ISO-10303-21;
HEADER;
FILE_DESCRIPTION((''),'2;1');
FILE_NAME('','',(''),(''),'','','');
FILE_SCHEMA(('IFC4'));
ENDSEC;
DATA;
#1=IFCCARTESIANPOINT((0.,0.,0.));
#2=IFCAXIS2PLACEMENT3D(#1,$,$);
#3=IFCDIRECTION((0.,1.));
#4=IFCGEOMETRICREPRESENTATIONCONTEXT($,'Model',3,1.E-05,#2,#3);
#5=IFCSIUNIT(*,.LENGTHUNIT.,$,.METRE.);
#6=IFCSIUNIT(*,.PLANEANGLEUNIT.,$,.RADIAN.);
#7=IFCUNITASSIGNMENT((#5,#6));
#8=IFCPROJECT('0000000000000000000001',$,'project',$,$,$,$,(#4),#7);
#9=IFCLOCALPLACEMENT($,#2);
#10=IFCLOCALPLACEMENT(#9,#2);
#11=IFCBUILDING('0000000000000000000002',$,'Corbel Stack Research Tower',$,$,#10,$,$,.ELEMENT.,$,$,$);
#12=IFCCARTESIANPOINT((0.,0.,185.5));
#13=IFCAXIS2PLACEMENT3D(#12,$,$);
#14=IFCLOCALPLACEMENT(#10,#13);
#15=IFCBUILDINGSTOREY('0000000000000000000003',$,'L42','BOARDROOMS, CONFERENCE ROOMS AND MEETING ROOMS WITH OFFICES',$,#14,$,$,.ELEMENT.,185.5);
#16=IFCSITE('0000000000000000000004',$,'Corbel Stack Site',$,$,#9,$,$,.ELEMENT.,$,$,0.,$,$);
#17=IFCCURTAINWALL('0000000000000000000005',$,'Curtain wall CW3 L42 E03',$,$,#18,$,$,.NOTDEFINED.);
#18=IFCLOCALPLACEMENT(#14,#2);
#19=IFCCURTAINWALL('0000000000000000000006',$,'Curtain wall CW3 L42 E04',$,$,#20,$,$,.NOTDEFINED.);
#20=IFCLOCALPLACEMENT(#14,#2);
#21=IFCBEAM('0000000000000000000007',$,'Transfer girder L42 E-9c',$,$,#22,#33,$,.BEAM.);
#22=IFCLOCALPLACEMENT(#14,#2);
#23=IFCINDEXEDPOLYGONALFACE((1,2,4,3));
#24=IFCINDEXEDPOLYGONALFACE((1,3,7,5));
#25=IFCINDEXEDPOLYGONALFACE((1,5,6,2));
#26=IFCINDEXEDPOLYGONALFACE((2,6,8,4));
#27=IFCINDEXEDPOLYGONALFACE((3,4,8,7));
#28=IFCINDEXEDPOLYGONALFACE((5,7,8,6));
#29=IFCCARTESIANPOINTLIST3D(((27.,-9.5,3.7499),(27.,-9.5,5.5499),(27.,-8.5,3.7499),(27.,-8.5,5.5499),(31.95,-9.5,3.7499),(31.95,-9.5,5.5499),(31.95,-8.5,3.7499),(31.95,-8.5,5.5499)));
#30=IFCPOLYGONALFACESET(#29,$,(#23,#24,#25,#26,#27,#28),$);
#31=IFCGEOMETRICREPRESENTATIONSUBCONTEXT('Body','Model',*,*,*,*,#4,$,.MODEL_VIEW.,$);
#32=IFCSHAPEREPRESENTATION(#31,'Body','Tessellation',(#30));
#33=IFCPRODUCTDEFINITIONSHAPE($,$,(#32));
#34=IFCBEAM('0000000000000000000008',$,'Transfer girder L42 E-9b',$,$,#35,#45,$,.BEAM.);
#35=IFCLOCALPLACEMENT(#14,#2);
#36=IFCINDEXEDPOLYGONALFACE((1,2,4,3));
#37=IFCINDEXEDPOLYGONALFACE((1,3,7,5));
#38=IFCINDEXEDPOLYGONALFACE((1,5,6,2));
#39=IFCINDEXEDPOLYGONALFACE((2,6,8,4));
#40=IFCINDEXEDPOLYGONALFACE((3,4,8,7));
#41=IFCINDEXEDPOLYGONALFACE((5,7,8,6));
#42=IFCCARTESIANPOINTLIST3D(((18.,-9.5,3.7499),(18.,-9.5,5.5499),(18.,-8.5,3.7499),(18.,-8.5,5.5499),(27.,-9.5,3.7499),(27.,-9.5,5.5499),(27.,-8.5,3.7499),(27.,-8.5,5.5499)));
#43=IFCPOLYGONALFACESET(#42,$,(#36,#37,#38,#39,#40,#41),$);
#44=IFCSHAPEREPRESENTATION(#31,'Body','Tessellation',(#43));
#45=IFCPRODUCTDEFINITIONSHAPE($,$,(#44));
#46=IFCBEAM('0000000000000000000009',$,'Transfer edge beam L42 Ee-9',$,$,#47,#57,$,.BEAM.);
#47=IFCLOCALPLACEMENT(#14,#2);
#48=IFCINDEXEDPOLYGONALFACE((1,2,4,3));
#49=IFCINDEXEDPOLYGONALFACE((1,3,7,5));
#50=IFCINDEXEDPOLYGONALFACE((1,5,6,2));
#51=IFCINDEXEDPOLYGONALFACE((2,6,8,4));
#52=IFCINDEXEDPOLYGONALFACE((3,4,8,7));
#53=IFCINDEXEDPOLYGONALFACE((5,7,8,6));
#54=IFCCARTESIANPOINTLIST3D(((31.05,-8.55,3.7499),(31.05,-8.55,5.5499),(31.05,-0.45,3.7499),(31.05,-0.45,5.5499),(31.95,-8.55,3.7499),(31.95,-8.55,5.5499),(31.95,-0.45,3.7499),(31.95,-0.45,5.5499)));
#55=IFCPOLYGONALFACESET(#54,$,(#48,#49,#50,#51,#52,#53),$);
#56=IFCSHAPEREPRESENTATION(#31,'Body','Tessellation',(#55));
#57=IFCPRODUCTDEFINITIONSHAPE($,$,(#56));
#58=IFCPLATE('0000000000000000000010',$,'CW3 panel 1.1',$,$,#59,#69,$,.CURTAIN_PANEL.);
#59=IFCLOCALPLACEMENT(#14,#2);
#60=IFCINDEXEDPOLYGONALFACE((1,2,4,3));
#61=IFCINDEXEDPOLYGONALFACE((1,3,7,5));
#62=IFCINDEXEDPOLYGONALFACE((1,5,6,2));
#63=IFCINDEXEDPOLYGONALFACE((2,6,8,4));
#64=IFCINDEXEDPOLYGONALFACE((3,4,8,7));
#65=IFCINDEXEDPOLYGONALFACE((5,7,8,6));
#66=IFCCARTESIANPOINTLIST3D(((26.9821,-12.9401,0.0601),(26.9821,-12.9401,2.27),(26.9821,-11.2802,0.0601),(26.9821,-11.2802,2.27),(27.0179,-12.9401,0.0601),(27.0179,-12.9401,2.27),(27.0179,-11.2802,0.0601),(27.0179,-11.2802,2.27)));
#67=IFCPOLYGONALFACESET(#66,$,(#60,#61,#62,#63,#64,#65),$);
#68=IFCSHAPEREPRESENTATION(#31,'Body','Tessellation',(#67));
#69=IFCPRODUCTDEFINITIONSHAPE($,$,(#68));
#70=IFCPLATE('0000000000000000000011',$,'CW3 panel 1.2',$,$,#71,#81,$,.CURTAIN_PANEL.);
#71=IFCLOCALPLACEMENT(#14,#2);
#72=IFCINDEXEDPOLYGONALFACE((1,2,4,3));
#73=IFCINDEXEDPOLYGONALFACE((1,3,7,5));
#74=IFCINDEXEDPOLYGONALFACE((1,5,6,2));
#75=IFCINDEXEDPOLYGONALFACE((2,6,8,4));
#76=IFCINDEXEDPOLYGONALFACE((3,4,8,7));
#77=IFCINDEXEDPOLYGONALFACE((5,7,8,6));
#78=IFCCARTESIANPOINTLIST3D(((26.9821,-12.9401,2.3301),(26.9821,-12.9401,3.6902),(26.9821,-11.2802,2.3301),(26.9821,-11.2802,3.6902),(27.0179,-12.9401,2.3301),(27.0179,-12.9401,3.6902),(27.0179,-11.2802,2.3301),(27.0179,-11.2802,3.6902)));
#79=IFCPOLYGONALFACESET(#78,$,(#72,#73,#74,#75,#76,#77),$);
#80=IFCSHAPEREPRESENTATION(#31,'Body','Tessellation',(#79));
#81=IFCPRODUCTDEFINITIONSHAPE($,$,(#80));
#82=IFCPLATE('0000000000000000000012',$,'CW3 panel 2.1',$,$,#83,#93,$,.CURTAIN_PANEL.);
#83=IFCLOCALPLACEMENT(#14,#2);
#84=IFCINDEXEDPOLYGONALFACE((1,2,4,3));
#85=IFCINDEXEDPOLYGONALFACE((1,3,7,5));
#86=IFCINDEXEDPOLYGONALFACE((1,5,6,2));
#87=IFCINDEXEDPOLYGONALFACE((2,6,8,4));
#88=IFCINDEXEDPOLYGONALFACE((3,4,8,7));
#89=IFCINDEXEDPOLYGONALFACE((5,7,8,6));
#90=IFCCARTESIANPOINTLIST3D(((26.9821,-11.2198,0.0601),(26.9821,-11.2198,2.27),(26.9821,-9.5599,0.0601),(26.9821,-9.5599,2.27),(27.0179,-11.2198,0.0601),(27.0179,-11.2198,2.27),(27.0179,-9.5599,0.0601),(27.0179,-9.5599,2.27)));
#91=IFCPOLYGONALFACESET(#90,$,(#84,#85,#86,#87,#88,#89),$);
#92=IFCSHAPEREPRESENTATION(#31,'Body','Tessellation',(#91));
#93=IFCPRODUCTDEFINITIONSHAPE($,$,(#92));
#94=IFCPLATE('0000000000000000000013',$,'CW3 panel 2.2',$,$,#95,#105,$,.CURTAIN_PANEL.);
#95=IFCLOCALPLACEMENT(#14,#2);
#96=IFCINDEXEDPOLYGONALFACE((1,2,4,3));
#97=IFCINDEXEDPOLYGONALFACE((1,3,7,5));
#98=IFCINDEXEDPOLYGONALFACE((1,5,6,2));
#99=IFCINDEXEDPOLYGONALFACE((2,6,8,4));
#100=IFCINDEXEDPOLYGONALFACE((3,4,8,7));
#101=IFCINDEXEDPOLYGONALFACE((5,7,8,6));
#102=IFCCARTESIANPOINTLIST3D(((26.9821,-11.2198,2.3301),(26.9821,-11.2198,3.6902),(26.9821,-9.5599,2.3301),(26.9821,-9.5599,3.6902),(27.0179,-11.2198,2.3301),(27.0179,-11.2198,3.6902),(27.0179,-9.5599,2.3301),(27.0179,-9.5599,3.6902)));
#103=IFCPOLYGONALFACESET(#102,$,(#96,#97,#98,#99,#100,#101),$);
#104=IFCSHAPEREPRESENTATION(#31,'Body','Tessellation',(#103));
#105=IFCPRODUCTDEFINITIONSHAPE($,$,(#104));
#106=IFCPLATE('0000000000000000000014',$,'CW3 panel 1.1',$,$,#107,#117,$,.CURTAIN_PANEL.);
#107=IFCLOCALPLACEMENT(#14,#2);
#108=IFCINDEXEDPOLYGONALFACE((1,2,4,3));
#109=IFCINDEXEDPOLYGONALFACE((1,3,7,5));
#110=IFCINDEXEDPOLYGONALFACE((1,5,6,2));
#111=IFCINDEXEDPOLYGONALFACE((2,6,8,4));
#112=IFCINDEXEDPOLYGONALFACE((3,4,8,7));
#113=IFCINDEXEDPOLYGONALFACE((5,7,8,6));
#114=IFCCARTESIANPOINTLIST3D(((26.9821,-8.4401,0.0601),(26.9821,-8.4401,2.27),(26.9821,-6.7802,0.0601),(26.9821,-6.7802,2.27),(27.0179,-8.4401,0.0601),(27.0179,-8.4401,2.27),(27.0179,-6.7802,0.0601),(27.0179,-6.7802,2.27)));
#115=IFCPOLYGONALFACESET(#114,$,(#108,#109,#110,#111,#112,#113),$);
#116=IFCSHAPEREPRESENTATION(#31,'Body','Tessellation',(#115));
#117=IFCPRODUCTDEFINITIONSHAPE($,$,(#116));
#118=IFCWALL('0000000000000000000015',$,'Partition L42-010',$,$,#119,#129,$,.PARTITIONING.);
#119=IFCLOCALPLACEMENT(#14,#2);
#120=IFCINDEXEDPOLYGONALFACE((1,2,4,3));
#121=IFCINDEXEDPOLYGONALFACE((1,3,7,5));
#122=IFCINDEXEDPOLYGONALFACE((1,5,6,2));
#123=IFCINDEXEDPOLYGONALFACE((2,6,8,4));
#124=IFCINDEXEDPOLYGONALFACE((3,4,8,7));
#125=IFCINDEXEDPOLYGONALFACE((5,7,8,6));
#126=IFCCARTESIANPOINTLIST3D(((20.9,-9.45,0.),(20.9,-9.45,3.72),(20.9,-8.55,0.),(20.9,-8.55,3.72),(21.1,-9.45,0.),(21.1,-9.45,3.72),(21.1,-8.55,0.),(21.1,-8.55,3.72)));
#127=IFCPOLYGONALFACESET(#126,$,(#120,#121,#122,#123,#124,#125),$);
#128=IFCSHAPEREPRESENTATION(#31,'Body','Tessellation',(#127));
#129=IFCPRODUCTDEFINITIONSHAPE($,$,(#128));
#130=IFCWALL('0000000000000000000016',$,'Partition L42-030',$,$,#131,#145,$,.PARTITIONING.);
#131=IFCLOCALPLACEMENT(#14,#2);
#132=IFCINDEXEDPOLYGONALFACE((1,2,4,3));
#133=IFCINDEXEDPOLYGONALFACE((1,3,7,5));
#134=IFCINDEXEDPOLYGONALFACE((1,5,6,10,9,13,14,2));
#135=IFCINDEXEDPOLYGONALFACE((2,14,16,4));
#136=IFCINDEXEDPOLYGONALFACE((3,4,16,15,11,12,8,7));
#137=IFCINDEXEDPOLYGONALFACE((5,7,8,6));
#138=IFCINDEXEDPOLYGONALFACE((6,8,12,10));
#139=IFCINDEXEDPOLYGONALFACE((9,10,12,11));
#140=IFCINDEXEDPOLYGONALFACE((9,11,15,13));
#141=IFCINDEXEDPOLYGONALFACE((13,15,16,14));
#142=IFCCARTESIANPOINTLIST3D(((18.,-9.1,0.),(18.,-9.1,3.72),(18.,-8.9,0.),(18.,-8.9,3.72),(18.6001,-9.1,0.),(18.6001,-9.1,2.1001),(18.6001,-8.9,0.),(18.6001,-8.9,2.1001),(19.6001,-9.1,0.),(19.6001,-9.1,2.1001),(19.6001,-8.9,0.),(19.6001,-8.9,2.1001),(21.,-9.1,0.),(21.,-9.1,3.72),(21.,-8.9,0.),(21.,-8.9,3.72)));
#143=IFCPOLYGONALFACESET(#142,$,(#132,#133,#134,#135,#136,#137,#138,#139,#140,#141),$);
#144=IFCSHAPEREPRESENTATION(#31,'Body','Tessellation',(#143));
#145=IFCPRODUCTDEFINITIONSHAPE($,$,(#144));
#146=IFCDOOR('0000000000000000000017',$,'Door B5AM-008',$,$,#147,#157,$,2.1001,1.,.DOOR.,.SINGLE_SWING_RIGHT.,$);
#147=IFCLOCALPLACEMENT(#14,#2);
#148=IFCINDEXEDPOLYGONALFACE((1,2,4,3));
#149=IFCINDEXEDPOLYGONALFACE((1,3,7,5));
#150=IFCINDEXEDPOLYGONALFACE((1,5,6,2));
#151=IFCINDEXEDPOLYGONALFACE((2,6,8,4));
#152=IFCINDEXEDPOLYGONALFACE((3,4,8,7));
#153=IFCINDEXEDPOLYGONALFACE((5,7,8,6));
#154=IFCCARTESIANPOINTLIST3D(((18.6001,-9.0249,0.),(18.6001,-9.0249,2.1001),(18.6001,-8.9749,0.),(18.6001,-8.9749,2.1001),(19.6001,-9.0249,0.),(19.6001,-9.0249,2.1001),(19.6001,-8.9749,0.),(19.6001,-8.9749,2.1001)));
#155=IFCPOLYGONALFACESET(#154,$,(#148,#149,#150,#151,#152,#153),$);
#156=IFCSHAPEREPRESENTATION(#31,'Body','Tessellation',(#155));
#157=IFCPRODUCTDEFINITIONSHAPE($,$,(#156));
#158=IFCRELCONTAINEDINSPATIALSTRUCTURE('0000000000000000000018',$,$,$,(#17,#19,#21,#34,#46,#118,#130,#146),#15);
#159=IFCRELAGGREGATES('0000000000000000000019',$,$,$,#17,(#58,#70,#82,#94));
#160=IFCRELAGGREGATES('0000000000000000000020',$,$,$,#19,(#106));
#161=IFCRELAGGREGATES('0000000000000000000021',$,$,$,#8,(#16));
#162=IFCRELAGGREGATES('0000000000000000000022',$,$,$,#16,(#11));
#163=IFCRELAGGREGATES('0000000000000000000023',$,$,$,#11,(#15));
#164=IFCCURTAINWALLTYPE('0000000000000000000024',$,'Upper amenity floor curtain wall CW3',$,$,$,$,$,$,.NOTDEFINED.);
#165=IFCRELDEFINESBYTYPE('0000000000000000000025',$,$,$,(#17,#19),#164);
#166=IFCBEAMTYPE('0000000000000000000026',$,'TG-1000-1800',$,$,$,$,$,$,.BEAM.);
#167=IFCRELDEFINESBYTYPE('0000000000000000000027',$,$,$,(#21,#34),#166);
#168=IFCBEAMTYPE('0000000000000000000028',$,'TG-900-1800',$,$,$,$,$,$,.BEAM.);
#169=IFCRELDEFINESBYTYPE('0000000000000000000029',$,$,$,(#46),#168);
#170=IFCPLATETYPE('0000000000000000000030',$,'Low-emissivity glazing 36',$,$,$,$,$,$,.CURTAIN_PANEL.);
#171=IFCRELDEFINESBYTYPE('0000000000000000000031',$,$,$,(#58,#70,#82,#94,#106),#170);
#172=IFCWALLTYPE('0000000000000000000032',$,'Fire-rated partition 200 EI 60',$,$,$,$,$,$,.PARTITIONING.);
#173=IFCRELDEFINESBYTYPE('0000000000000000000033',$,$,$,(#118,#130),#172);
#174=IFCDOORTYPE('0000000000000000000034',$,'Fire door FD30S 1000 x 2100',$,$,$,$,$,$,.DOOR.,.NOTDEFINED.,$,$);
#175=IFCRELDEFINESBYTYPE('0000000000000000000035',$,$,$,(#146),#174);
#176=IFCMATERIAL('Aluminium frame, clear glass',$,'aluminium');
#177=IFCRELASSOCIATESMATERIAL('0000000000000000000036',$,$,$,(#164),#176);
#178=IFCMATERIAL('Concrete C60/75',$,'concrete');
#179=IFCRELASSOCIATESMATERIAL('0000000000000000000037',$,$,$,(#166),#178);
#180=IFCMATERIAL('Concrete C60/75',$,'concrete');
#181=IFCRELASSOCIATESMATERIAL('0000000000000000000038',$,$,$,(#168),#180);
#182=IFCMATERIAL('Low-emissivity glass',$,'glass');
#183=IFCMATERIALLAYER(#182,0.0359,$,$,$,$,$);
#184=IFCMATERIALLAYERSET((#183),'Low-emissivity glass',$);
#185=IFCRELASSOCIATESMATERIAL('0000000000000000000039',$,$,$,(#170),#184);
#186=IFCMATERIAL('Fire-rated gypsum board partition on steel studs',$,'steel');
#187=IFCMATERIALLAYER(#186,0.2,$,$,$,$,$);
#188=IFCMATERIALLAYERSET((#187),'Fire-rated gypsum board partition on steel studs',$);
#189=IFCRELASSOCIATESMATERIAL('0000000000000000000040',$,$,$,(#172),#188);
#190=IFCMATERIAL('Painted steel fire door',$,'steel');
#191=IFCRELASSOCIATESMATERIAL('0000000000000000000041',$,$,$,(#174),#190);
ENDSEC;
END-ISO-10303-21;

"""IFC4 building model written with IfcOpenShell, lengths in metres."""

from ifc_helpers import new_model, si_unit, direction, frame, frame_2d, origin, origin_2d, place, context, subcontext, project, spatial, rectangle, extrude, material, layer, layer_set, material_profile, profile_set, type_object, element, fill, aggregate, save


model = new_model("IFC4")

# Units and contexts
model_context = context("Model", 3, precision=1e-05, world=origin(), true_north=direction((0.0, 1.0)))
body_context = subcontext(model_context, "Body", "Model", "MODEL_VIEW")
ifc_project = project(units=[si_unit("LENGTHUNIT", "METRE"), si_unit("PLANEANGLEUNIT", "RADIAN")], contexts=[model_context])

# Site, building, storey
site_placement = place(None, origin())
site = spatial("IfcSite", under=ifc_project, at=site_placement, Name="Corbel Stack Site", CompositionType="ELEMENT", RefElevation=0.0)
building_placement = place(site_placement, origin())
building = spatial("IfcBuilding", under=site, at=building_placement, Name="Corbel Stack Research Tower", CompositionType="ELEMENT")
storey_placement = place(building_placement, frame((0.0, 0.0, 185.5)))
storey = spatial("IfcBuildingStorey", under=building, at=storey_placement, Name="L42", Description="BOARDROOMS, CONFERENCE ROOMS AND MEETING ROOMS WITH OFFICES", CompositionType="ELEMENT", Elevation=185.5)

# Curtain wall
ifc_material_1 = material(Name="Aluminium frame, clear glass", Category="aluminium")
curtain_wall_type = type_object("IfcCurtainWallType", Name="Upper amenity floor curtain wall CW3", PredefinedType="NOTDEFINED", material=ifc_material_1)
curtain_wall_1_placement = place(storey_placement, origin())
curtain_wall_1 = element("IfcCurtainWall", 1, at=curtain_wall_1_placement, inside=storey, type_object=curtain_wall_type, Name="Curtain wall CW3 L42 E03", PredefinedType="NOTDEFINED")

# Curtain wall
curtain_wall_2_placement = place(storey_placement, origin())
curtain_wall_2 = element("IfcCurtainWall", 2, at=curtain_wall_2_placement, inside=storey, type_object=curtain_wall_type, Name="Curtain wall CW3 L42 E04", PredefinedType="NOTDEFINED")

# Beams
ifc_material_2 = material(Name="Concrete C60/75", Category="concrete")
ifc_material_profile_1 = material_profile(ifc_material_2, rectangle(XDim=1.0, YDim=1.8, at=origin_2d()), Name="RC 1000 x 1800")
ifc_profile_set_1 = profile_set([ifc_material_profile_1], Name="Concrete C60/75")
beam_type_1 = type_object("IfcBeamType", Name="TG-1000-1800", PredefinedType="BEAM", material=ifc_profile_set_1)
beam_1_placement = place(storey_placement, frame((31.95, -9.0, 4.6499), z_axis=(-1.0, 0.0, 0.0), x_axis=(0.0, -1.0, 0.0)))
element("IfcBeam", 3, at=beam_1_placement, inside=storey, type_object=beam_type_1, Name="Transfer girder L42 E-9c", PredefinedType="BEAM", context=body_context, shape_type="SweptSolid", body=[
    extrude(rectangle(XDim=1.0, YDim=1.8, at=origin_2d()), origin(), (0.0, 0.0, 1.0), 4.95),
])
beam_2_placement = place(storey_placement, frame((27.0, -9.0, 4.6499), z_axis=(-1.0, 0.0, 0.0), x_axis=(0.0, -1.0, 0.0)))
element("IfcBeam", 4, at=beam_2_placement, inside=storey, type_object=beam_type_1, Name="Transfer girder L42 E-9b", PredefinedType="BEAM", context=body_context, shape_type="SweptSolid", body=[
    extrude(rectangle(XDim=1.0, YDim=1.8, at=origin_2d()), origin(), (0.0, 0.0, 1.0), 9.0),
])
ifc_material_3 = material(Name="Concrete C60/75", Category="concrete")
ifc_material_profile_2 = material_profile(ifc_material_3, rectangle(XDim=0.8999, YDim=1.8, at=origin_2d()), Name="RC 900 x 1800")
ifc_profile_set_2 = profile_set([ifc_material_profile_2], Name="Concrete C60/75")
beam_type_2 = type_object("IfcBeamType", Name="TG-900-1800", PredefinedType="BEAM", material=ifc_profile_set_2)
beam_3_placement = place(storey_placement, frame((31.5, -8.55, 4.6499), z_axis=(0.0, 1.0, 0.0), x_axis=(-1.0, 0.0, 0.0)))
element("IfcBeam", 5, at=beam_3_placement, inside=storey, type_object=beam_type_2, Name="Transfer edge beam L42 Ee-9", PredefinedType="BEAM", context=body_context, shape_type="SweptSolid", body=[
    extrude(rectangle(XDim=0.8999, YDim=1.8, at=origin_2d()), origin(), (0.0, 0.0, 1.0), 8.1001),
])

# Plates
ifc_material_4 = material(Name="Low-emissivity glass", Category="glass")
ifc_layer_1 = layer(ifc_material_4, 0.0359)
ifc_layer_set_1 = layer_set([ifc_layer_1], Name="Low-emissivity glass")
plate_type = type_object("IfcPlateType", Name="Low-emissivity glazing 36", PredefinedType="CURTAIN_PANEL", material=ifc_layer_set_1)
plate_1_placement = place(storey_placement, frame((27.0, -12.1101, 0.0601), z_axis=(0.0, 0.0, 1.0), x_axis=(0.0, 1.0, 0.0)))
plate_1 = element("IfcPlate", 6, at=plate_1_placement, type_object=plate_type, Name="CW3 panel 1.1", PredefinedType="CURTAIN_PANEL", context=body_context, shape_type="SweptSolid", body=[
    extrude(rectangle(XDim=1.6599, YDim=0.0359, at=origin_2d()), origin(), (0.0, 0.0, 1.0), 2.21),
])
plate_2_placement = place(storey_placement, frame((27.0, -12.1101, 2.3301), z_axis=(0.0, 0.0, 1.0), x_axis=(0.0, 1.0, 0.0)))
plate_2 = element("IfcPlate", 7, at=plate_2_placement, type_object=plate_type, Name="CW3 panel 1.2", PredefinedType="CURTAIN_PANEL", context=body_context, shape_type="SweptSolid", body=[
    extrude(rectangle(XDim=1.6599, YDim=0.0359, at=origin_2d()), origin(), (0.0, 0.0, 1.0), 1.3601),
])
plate_3_placement = place(storey_placement, frame((27.0, -10.3899, 0.0601), z_axis=(0.0, 0.0, 1.0), x_axis=(0.0, 1.0, 0.0)))
plate_3 = element("IfcPlate", 8, at=plate_3_placement, type_object=plate_type, Name="CW3 panel 2.1", PredefinedType="CURTAIN_PANEL", context=body_context, shape_type="SweptSolid", body=[
    extrude(rectangle(XDim=1.6599, YDim=0.0359, at=origin_2d()), origin(), (0.0, 0.0, 1.0), 2.21),
])
plate_4_placement = place(storey_placement, frame((27.0, -10.3899, 2.3301), z_axis=(0.0, 0.0, 1.0), x_axis=(0.0, 1.0, 0.0)))
plate_4 = element("IfcPlate", 9, at=plate_4_placement, type_object=plate_type, Name="CW3 panel 2.2", PredefinedType="CURTAIN_PANEL", context=body_context, shape_type="SweptSolid", body=[
    extrude(rectangle(XDim=1.6599, YDim=0.0359, at=origin_2d()), origin(), (0.0, 0.0, 1.0), 1.3601),
])
aggregate(curtain_wall_1, [plate_1, plate_2, plate_3, plate_4])
plate_5_placement = place(storey_placement, frame((27.0, -7.6101, 0.0601), z_axis=(0.0, 0.0, 1.0), x_axis=(0.0, 1.0, 0.0)))
plate_5 = element("IfcPlate", 10, at=plate_5_placement, type_object=plate_type, Name="CW3 panel 1.1", PredefinedType="CURTAIN_PANEL", context=body_context, shape_type="SweptSolid", body=[
    extrude(rectangle(XDim=1.6599, YDim=0.0359, at=origin_2d()), origin(), (0.0, 0.0, 1.0), 2.21),
])
aggregate(curtain_wall_2, [plate_5])

# Wall
ifc_material_5 = material(Name="Fire-rated gypsum board partition on steel studs", Category="steel")
ifc_layer_2 = layer(ifc_material_5, 0.2)
ifc_layer_set_2 = layer_set([ifc_layer_2], Name="Fire-rated gypsum board partition on steel studs")
wall_type_1 = type_object("IfcWallType", Name="Fire-rated partition 200 EI 60", PredefinedType="PARTITIONING", material=ifc_layer_set_2)
wall_1_placement = place(storey_placement, frame((21.0, -9.45, 0.0), z_axis=(0.0, 0.0, 1.0), x_axis=(0.0, 1.0, 0.0)))
element("IfcWall", 11, at=wall_1_placement, inside=storey, type_object=wall_type_1, Name="Partition L42-010", PredefinedType="PARTITIONING", context=body_context, shape_type="SweptSolid", body=[
    extrude(rectangle(XDim=0.8999, YDim=0.2, at=frame_2d((0.45, 0.0))), origin(), (0.0, 0.0, 1.0), 3.72),
])

# Wall, opening, door
wall_2_placement = place(storey_placement, frame((21.0, -9.0, 0.0), z_axis=(0.0, 0.0, 1.0), x_axis=(-1.0, 0.0, 0.0)))
wall_2 = element("IfcWall", 12, at=wall_2_placement, inside=storey, type_object=wall_type_1, Name="Partition L42-030", PredefinedType="PARTITIONING", context=body_context, shape_type="SweptSolid", body=[
    extrude(rectangle(XDim=3.0, YDim=0.2, at=frame_2d((1.5, 0.0))), origin(), (0.0, 0.0, 1.0), 3.72),
])
opening_1_placement = place(wall_2_placement, frame((1.3999, 0.0, 0.0)))
opening_1 = element("IfcOpeningElement", 13, at=opening_1_placement, cuts=wall_2, PredefinedType="OPENING", context=body_context, shape_type="SweptSolid", body=[
    extrude(rectangle(XDim=1.0, YDim=2.1001, at=frame_2d((0.5, 1.05))), frame((0.0, 0.1099, 0.0), z_axis=(0.0, -1.0, 0.0), x_axis=(1.0, 0.0, 0.0)), (0.0, 0.0, 1.0), 0.22),
])
ifc_material_6 = material(Name="Painted steel fire door", Category="steel")
door_type_1 = type_object("IfcDoorType", Name="Fire door FD30S 1000 x 2100", OperationType="NOTDEFINED", PredefinedType="DOOR", material=ifc_material_6)
door_1_placement = place(opening_1_placement, origin())
door_1 = element("IfcDoor", 14, at=door_1_placement, inside=storey, type_object=door_type_1, Name="Door B5AM-008", OperationType="SINGLE_SWING_RIGHT", OverallHeight=2.1001, OverallWidth=1.0, PredefinedType="DOOR", context=body_context, shape_type="SweptSolid", body=[
    extrude(rectangle(XDim=1.0, YDim=2.1001, at=frame_2d((0.5, 1.05))), frame((0.0, 0.0249, 0.0), z_axis=(0.0, -1.0, 0.0), x_axis=(1.0, 0.0, 0.0)), (0.0, 0.0, 1.0), 0.05),
])
fill(opening_1, door_1)

save(model, "model.ifc")
